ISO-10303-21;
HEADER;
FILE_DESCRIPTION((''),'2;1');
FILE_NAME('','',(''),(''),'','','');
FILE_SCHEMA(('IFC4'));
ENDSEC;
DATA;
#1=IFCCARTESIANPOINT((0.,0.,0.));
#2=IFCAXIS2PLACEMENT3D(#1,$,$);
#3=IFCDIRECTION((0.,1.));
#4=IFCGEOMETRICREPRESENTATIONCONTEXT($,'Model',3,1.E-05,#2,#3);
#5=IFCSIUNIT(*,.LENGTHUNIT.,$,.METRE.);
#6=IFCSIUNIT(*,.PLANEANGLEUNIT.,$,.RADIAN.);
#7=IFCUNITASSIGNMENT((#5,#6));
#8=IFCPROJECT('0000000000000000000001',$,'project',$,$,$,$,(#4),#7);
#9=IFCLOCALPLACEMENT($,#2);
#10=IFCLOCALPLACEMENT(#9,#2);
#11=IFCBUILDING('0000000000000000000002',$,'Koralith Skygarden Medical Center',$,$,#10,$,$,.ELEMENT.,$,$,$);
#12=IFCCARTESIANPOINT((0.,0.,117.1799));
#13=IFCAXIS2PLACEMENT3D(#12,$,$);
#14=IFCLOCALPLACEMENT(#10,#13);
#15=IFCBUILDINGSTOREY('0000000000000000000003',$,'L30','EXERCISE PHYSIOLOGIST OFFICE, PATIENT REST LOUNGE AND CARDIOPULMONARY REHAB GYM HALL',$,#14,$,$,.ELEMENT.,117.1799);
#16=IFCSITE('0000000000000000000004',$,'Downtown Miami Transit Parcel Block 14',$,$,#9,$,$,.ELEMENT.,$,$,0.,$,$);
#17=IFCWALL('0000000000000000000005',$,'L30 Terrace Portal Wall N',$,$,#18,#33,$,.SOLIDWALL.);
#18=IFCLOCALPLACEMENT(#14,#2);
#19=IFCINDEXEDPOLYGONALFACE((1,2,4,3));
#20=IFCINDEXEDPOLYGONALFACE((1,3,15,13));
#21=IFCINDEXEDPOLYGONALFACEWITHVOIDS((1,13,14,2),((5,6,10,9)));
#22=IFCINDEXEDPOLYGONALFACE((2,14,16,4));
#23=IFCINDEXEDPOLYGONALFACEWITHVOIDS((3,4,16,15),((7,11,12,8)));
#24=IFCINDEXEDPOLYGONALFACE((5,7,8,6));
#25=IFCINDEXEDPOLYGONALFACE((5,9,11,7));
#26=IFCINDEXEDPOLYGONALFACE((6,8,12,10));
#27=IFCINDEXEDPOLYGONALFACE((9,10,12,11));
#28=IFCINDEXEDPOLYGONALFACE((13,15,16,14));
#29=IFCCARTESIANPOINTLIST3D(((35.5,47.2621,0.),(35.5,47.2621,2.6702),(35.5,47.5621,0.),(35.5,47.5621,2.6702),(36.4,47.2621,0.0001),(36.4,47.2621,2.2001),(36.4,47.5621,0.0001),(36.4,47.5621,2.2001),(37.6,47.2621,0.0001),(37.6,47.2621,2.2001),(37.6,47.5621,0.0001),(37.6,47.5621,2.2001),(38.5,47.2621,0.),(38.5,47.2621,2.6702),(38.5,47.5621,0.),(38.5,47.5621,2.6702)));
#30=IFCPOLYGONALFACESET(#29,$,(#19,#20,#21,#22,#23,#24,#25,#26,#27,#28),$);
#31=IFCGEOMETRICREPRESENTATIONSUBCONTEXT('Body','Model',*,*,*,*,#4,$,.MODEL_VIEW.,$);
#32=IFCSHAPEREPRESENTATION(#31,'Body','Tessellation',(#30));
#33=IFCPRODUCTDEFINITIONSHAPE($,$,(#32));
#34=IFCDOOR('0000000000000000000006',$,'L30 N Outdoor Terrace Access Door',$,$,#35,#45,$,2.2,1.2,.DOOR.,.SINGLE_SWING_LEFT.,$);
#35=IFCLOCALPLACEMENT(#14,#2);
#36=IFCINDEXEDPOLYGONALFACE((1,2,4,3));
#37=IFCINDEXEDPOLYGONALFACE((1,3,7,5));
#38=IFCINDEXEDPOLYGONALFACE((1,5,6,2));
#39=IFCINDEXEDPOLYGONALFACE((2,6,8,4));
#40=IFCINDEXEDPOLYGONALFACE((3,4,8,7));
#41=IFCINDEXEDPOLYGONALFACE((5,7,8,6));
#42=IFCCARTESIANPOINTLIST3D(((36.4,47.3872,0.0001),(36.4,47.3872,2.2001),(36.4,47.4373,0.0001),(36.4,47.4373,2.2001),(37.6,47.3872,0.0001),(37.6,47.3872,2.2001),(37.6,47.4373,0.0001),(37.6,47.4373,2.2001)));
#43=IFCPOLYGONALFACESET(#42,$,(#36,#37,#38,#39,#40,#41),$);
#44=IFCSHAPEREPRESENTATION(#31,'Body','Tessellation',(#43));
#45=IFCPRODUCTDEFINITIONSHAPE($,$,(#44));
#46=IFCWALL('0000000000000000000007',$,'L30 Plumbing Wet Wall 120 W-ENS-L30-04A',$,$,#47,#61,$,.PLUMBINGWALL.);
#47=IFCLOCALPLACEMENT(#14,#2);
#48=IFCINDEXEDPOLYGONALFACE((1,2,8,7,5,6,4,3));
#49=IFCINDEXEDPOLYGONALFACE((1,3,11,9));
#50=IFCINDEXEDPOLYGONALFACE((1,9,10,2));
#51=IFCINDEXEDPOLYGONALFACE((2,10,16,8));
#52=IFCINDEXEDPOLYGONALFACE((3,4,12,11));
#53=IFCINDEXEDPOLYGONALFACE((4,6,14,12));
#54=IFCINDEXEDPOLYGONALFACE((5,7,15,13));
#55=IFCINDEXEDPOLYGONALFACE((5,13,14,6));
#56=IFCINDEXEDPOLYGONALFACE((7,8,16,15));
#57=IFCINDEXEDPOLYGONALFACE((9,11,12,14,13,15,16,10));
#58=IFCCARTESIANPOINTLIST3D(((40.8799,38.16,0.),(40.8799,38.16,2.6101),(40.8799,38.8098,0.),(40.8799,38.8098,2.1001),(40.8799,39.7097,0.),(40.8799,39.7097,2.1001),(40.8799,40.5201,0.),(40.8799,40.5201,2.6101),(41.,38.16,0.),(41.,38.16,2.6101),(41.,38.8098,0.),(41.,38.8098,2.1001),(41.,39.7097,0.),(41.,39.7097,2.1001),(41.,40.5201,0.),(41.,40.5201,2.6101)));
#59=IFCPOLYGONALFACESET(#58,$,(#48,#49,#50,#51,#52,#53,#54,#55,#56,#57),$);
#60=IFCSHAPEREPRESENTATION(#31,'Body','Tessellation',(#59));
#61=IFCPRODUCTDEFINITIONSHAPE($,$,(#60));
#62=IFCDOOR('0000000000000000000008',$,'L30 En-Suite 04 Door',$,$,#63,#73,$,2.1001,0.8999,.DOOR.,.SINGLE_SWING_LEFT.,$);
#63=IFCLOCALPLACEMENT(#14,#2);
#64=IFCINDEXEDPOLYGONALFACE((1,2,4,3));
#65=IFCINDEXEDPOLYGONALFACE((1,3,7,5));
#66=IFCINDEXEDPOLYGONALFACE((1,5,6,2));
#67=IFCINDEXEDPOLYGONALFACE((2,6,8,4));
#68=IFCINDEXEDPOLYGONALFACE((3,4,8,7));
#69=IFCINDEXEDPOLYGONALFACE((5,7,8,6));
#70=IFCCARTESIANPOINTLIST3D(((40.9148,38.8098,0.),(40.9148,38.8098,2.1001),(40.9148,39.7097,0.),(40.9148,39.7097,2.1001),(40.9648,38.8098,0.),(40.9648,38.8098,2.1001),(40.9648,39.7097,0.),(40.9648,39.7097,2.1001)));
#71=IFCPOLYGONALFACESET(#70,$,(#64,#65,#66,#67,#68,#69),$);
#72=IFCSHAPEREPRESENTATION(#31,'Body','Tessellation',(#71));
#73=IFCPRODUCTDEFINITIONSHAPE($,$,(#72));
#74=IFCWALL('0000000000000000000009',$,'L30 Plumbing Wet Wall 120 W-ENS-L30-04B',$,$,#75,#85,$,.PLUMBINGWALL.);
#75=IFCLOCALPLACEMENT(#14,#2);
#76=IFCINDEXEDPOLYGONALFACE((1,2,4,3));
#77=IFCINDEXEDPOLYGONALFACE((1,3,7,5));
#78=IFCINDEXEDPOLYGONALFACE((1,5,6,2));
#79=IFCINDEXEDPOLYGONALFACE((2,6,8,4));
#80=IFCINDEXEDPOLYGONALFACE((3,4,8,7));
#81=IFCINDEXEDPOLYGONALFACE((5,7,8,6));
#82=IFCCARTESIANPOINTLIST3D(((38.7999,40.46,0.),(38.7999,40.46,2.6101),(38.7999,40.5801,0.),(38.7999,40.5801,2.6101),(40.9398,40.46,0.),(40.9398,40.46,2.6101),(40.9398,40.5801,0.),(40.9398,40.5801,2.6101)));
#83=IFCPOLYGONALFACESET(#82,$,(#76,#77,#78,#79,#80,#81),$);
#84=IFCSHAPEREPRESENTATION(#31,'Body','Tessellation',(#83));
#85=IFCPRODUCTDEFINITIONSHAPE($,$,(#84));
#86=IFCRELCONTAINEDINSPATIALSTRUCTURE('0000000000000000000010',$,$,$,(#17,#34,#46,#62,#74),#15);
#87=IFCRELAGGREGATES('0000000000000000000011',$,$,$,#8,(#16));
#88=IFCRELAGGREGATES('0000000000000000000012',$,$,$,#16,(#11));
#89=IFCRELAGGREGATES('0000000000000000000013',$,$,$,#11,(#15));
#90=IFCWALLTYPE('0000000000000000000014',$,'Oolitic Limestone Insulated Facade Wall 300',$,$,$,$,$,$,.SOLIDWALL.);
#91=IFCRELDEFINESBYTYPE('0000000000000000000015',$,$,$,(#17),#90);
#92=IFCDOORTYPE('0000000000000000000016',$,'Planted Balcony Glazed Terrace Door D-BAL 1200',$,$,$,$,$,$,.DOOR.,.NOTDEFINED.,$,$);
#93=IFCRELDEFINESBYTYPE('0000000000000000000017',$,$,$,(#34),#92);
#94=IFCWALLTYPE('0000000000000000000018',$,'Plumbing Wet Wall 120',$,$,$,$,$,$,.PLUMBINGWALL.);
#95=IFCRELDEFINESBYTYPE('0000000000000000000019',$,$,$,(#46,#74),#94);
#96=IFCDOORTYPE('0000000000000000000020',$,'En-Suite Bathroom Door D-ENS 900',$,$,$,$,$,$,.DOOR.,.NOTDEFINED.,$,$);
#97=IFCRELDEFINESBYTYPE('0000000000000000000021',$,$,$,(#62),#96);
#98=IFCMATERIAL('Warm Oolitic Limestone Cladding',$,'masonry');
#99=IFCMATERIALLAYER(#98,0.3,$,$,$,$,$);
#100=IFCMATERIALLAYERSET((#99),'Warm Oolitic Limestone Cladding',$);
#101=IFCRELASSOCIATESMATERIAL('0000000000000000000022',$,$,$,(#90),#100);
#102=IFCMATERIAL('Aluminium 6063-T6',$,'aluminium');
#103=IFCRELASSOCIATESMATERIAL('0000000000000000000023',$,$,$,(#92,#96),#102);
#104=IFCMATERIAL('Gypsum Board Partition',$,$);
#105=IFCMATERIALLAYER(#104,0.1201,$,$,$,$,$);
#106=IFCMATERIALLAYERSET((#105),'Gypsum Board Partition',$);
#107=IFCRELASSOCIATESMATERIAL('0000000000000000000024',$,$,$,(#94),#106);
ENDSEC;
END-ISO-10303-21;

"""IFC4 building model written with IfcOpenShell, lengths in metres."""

from ifc_helpers import new_model, si_unit, direction, frame, frame_2d, origin, place, context, subcontext, project, spatial, rectangle, extrude, material, layer, layer_set, type_object, element, fill, save


model = new_model("IFC4")

# Units and contexts
model_context = context("Model", 3, precision=1e-05, world=origin(), true_north=direction((0.0, 1.0)))
body_context = subcontext(model_context, "Body", "Model", "MODEL_VIEW")
ifc_project = project(units=[si_unit("LENGTHUNIT", "METRE"), si_unit("PLANEANGLEUNIT", "RADIAN")], contexts=[model_context])

# Site, building, storey
site_placement = place(None, origin())
site = spatial("IfcSite", under=ifc_project, at=site_placement, Name="Downtown Miami Transit Parcel Block 14", CompositionType="ELEMENT", RefElevation=0.0)
building_placement = place(site_placement, origin())
building = spatial("IfcBuilding", under=site, at=building_placement, Name="Koralith Skygarden Medical Center", CompositionType="ELEMENT")
storey_placement = place(building_placement, frame((0.0, 0.0, 117.1799)))
storey = spatial("IfcBuildingStorey", under=building, at=storey_placement, Name="L30", Description="EXERCISE PHYSIOLOGIST OFFICE, PATIENT REST LOUNGE AND CARDIOPULMONARY REHAB GYM HALL", CompositionType="ELEMENT", Elevation=117.1799)

# Shared definitions
ifc_material_1 = material(Name="Aluminium 6063-T6", Category="aluminium")

# Shared definitions
ifc_material_2 = material(Name="Gypsum Board Partition")

# Shared definitions
ifc_material_3 = material(Name="Warm Oolitic Limestone Cladding", Category="masonry")

# Walls, openings, doors
ifc_layer_1 = layer(ifc_material_3, 0.3)
ifc_layer_set_1 = layer_set([ifc_layer_1], Name="Warm Oolitic Limestone Cladding")
wall_type_1 = type_object("IfcWallType", Name="Oolitic Limestone Insulated Facade Wall 300", PredefinedType="SOLIDWALL", material=ifc_layer_set_1)
wall_1_placement = place(storey_placement, frame((38.5, 47.4121, 0.0), z_axis=(0.0, 0.0, 1.0), x_axis=(-1.0, 0.0, 0.0)))
wall_1 = element("IfcWall", 1, at=wall_1_placement, inside=storey, type_object=wall_type_1, Name="L30 Terrace Portal Wall N", PredefinedType="SOLIDWALL", context=body_context, shape_type="SweptSolid", body=[
    extrude(rectangle(XDim=3.0, YDim=0.3, at=frame_2d((1.5, 0.0))), origin(), (0.0, 0.0, 1.0), 2.6702),
])
opening_1_placement = place(wall_1_placement, frame((0.8999, 0.0, 0.0)))
opening_1 = element("IfcOpeningElement", 2, at=opening_1_placement, cuts=wall_1, PredefinedType="OPENING", context=body_context, shape_type="SweptSolid", body=[
    extrude(rectangle(XDim=1.2, YDim=2.2, at=frame_2d((0.6001, 1.1001))), frame((0.0, 0.1599, 0.0), z_axis=(0.0, -1.0, 0.0), x_axis=(1.0, 0.0, 0.0)), (0.0, 0.0, 1.0), 0.3201),
])
door_type_1 = type_object("IfcDoorType", Name="Planted Balcony Glazed Terrace Door D-BAL 1200", OperationType="NOTDEFINED", PredefinedType="DOOR", material=ifc_material_1)
door_1_placement = place(opening_1_placement, origin())
door_1 = element("IfcDoor", 3, at=door_1_placement, inside=storey, type_object=door_type_1, Name="L30 N Outdoor Terrace Access Door", OperationType="SINGLE_SWING_LEFT", OverallHeight=2.2, OverallWidth=1.2, PredefinedType="DOOR", context=body_context, shape_type="SweptSolid", body=[
    extrude(rectangle(XDim=1.2, YDim=2.2, at=frame_2d((0.6001, 1.1001))), frame((0.0, 0.0249, 0.0), z_axis=(0.0, -1.0, 0.0), x_axis=(1.0, 0.0, 0.0)), (0.0, 0.0, 1.0), 0.05),
])
fill(opening_1, door_1)
ifc_layer_2 = layer(ifc_material_2, 0.1201)
ifc_layer_set_2 = layer_set([ifc_layer_2], Name="Gypsum Board Partition")
wall_type_2 = type_object("IfcWallType", Name="Plumbing Wet Wall 120", PredefinedType="PLUMBINGWALL", material=ifc_layer_set_2)
wall_2_placement = place(storey_placement, frame((40.9399, 38.1599, 0.0), z_axis=(0.0, 0.0, 1.0), x_axis=(0.0, 1.0, 0.0)))
wall_2 = element("IfcWall", 4, at=wall_2_placement, inside=storey, type_object=wall_type_2, Name="L30 Plumbing Wet Wall 120 W-ENS-L30-04A", PredefinedType="PLUMBINGWALL", context=body_context, shape_type="SweptSolid", body=[
    extrude(rectangle(XDim=2.3601, YDim=0.1201, at=frame_2d((1.1802, 0.0))), origin(), (0.0, 0.0, 1.0), 2.6101),
])
opening_2_placement = place(wall_2_placement, frame((0.6499, 0.0, 0.0)))
opening_2 = element("IfcOpeningElement", 5, at=opening_2_placement, cuts=wall_2, PredefinedType="OPENING", context=body_context, shape_type="SweptSolid", body=[
    extrude(rectangle(XDim=0.8999, YDim=2.1001, at=frame_2d((0.45, 1.05))), frame((0.0, 0.0701, 0.0), z_axis=(0.0, -1.0, 0.0), x_axis=(1.0, 0.0, 0.0)), (0.0, 0.0, 1.0), 0.1401),
])
door_type_2 = type_object("IfcDoorType", Name="En-Suite Bathroom Door D-ENS 900", OperationType="NOTDEFINED", PredefinedType="DOOR", material=ifc_material_1)
door_2_placement = place(opening_2_placement, frame((0.8999, 0.0, 0.0), z_axis=(0.0, 0.0, 1.0), x_axis=(-1.0, 0.0, 0.0)))
door_2 = element("IfcDoor", 6, at=door_2_placement, inside=storey, type_object=door_type_2, Name="L30 En-Suite 04 Door", OperationType="SINGLE_SWING_LEFT", OverallHeight=2.1001, OverallWidth=0.8999, PredefinedType="DOOR", context=body_context, shape_type="SweptSolid", body=[
    extrude(rectangle(XDim=0.8999, YDim=2.1001, at=frame_2d((0.45, 1.05))), frame((0.0, 0.0249, 0.0), z_axis=(0.0, -1.0, 0.0), x_axis=(1.0, 0.0, 0.0)), (0.0, 0.0, 1.0), 0.05),
])
fill(opening_2, door_2)

# Wall
wall_3_placement = place(storey_placement, frame((38.8, 40.52, 0.0), z_axis=(0.0, 0.0, 1.0), x_axis=(1.0, 0.0, 0.0)))
element("IfcWall", 7, at=wall_3_placement, inside=storey, type_object=wall_type_2, Name="L30 Plumbing Wet Wall 120 W-ENS-L30-04B", PredefinedType="PLUMBINGWALL", context=body_context, shape_type="SweptSolid", body=[
    extrude(rectangle(XDim=2.1399, YDim=0.1201, at=frame_2d((1.0698, 0.0))), origin(), (0.0, 0.0, 1.0), 2.6101),
])

save(model, "model.ifc")
